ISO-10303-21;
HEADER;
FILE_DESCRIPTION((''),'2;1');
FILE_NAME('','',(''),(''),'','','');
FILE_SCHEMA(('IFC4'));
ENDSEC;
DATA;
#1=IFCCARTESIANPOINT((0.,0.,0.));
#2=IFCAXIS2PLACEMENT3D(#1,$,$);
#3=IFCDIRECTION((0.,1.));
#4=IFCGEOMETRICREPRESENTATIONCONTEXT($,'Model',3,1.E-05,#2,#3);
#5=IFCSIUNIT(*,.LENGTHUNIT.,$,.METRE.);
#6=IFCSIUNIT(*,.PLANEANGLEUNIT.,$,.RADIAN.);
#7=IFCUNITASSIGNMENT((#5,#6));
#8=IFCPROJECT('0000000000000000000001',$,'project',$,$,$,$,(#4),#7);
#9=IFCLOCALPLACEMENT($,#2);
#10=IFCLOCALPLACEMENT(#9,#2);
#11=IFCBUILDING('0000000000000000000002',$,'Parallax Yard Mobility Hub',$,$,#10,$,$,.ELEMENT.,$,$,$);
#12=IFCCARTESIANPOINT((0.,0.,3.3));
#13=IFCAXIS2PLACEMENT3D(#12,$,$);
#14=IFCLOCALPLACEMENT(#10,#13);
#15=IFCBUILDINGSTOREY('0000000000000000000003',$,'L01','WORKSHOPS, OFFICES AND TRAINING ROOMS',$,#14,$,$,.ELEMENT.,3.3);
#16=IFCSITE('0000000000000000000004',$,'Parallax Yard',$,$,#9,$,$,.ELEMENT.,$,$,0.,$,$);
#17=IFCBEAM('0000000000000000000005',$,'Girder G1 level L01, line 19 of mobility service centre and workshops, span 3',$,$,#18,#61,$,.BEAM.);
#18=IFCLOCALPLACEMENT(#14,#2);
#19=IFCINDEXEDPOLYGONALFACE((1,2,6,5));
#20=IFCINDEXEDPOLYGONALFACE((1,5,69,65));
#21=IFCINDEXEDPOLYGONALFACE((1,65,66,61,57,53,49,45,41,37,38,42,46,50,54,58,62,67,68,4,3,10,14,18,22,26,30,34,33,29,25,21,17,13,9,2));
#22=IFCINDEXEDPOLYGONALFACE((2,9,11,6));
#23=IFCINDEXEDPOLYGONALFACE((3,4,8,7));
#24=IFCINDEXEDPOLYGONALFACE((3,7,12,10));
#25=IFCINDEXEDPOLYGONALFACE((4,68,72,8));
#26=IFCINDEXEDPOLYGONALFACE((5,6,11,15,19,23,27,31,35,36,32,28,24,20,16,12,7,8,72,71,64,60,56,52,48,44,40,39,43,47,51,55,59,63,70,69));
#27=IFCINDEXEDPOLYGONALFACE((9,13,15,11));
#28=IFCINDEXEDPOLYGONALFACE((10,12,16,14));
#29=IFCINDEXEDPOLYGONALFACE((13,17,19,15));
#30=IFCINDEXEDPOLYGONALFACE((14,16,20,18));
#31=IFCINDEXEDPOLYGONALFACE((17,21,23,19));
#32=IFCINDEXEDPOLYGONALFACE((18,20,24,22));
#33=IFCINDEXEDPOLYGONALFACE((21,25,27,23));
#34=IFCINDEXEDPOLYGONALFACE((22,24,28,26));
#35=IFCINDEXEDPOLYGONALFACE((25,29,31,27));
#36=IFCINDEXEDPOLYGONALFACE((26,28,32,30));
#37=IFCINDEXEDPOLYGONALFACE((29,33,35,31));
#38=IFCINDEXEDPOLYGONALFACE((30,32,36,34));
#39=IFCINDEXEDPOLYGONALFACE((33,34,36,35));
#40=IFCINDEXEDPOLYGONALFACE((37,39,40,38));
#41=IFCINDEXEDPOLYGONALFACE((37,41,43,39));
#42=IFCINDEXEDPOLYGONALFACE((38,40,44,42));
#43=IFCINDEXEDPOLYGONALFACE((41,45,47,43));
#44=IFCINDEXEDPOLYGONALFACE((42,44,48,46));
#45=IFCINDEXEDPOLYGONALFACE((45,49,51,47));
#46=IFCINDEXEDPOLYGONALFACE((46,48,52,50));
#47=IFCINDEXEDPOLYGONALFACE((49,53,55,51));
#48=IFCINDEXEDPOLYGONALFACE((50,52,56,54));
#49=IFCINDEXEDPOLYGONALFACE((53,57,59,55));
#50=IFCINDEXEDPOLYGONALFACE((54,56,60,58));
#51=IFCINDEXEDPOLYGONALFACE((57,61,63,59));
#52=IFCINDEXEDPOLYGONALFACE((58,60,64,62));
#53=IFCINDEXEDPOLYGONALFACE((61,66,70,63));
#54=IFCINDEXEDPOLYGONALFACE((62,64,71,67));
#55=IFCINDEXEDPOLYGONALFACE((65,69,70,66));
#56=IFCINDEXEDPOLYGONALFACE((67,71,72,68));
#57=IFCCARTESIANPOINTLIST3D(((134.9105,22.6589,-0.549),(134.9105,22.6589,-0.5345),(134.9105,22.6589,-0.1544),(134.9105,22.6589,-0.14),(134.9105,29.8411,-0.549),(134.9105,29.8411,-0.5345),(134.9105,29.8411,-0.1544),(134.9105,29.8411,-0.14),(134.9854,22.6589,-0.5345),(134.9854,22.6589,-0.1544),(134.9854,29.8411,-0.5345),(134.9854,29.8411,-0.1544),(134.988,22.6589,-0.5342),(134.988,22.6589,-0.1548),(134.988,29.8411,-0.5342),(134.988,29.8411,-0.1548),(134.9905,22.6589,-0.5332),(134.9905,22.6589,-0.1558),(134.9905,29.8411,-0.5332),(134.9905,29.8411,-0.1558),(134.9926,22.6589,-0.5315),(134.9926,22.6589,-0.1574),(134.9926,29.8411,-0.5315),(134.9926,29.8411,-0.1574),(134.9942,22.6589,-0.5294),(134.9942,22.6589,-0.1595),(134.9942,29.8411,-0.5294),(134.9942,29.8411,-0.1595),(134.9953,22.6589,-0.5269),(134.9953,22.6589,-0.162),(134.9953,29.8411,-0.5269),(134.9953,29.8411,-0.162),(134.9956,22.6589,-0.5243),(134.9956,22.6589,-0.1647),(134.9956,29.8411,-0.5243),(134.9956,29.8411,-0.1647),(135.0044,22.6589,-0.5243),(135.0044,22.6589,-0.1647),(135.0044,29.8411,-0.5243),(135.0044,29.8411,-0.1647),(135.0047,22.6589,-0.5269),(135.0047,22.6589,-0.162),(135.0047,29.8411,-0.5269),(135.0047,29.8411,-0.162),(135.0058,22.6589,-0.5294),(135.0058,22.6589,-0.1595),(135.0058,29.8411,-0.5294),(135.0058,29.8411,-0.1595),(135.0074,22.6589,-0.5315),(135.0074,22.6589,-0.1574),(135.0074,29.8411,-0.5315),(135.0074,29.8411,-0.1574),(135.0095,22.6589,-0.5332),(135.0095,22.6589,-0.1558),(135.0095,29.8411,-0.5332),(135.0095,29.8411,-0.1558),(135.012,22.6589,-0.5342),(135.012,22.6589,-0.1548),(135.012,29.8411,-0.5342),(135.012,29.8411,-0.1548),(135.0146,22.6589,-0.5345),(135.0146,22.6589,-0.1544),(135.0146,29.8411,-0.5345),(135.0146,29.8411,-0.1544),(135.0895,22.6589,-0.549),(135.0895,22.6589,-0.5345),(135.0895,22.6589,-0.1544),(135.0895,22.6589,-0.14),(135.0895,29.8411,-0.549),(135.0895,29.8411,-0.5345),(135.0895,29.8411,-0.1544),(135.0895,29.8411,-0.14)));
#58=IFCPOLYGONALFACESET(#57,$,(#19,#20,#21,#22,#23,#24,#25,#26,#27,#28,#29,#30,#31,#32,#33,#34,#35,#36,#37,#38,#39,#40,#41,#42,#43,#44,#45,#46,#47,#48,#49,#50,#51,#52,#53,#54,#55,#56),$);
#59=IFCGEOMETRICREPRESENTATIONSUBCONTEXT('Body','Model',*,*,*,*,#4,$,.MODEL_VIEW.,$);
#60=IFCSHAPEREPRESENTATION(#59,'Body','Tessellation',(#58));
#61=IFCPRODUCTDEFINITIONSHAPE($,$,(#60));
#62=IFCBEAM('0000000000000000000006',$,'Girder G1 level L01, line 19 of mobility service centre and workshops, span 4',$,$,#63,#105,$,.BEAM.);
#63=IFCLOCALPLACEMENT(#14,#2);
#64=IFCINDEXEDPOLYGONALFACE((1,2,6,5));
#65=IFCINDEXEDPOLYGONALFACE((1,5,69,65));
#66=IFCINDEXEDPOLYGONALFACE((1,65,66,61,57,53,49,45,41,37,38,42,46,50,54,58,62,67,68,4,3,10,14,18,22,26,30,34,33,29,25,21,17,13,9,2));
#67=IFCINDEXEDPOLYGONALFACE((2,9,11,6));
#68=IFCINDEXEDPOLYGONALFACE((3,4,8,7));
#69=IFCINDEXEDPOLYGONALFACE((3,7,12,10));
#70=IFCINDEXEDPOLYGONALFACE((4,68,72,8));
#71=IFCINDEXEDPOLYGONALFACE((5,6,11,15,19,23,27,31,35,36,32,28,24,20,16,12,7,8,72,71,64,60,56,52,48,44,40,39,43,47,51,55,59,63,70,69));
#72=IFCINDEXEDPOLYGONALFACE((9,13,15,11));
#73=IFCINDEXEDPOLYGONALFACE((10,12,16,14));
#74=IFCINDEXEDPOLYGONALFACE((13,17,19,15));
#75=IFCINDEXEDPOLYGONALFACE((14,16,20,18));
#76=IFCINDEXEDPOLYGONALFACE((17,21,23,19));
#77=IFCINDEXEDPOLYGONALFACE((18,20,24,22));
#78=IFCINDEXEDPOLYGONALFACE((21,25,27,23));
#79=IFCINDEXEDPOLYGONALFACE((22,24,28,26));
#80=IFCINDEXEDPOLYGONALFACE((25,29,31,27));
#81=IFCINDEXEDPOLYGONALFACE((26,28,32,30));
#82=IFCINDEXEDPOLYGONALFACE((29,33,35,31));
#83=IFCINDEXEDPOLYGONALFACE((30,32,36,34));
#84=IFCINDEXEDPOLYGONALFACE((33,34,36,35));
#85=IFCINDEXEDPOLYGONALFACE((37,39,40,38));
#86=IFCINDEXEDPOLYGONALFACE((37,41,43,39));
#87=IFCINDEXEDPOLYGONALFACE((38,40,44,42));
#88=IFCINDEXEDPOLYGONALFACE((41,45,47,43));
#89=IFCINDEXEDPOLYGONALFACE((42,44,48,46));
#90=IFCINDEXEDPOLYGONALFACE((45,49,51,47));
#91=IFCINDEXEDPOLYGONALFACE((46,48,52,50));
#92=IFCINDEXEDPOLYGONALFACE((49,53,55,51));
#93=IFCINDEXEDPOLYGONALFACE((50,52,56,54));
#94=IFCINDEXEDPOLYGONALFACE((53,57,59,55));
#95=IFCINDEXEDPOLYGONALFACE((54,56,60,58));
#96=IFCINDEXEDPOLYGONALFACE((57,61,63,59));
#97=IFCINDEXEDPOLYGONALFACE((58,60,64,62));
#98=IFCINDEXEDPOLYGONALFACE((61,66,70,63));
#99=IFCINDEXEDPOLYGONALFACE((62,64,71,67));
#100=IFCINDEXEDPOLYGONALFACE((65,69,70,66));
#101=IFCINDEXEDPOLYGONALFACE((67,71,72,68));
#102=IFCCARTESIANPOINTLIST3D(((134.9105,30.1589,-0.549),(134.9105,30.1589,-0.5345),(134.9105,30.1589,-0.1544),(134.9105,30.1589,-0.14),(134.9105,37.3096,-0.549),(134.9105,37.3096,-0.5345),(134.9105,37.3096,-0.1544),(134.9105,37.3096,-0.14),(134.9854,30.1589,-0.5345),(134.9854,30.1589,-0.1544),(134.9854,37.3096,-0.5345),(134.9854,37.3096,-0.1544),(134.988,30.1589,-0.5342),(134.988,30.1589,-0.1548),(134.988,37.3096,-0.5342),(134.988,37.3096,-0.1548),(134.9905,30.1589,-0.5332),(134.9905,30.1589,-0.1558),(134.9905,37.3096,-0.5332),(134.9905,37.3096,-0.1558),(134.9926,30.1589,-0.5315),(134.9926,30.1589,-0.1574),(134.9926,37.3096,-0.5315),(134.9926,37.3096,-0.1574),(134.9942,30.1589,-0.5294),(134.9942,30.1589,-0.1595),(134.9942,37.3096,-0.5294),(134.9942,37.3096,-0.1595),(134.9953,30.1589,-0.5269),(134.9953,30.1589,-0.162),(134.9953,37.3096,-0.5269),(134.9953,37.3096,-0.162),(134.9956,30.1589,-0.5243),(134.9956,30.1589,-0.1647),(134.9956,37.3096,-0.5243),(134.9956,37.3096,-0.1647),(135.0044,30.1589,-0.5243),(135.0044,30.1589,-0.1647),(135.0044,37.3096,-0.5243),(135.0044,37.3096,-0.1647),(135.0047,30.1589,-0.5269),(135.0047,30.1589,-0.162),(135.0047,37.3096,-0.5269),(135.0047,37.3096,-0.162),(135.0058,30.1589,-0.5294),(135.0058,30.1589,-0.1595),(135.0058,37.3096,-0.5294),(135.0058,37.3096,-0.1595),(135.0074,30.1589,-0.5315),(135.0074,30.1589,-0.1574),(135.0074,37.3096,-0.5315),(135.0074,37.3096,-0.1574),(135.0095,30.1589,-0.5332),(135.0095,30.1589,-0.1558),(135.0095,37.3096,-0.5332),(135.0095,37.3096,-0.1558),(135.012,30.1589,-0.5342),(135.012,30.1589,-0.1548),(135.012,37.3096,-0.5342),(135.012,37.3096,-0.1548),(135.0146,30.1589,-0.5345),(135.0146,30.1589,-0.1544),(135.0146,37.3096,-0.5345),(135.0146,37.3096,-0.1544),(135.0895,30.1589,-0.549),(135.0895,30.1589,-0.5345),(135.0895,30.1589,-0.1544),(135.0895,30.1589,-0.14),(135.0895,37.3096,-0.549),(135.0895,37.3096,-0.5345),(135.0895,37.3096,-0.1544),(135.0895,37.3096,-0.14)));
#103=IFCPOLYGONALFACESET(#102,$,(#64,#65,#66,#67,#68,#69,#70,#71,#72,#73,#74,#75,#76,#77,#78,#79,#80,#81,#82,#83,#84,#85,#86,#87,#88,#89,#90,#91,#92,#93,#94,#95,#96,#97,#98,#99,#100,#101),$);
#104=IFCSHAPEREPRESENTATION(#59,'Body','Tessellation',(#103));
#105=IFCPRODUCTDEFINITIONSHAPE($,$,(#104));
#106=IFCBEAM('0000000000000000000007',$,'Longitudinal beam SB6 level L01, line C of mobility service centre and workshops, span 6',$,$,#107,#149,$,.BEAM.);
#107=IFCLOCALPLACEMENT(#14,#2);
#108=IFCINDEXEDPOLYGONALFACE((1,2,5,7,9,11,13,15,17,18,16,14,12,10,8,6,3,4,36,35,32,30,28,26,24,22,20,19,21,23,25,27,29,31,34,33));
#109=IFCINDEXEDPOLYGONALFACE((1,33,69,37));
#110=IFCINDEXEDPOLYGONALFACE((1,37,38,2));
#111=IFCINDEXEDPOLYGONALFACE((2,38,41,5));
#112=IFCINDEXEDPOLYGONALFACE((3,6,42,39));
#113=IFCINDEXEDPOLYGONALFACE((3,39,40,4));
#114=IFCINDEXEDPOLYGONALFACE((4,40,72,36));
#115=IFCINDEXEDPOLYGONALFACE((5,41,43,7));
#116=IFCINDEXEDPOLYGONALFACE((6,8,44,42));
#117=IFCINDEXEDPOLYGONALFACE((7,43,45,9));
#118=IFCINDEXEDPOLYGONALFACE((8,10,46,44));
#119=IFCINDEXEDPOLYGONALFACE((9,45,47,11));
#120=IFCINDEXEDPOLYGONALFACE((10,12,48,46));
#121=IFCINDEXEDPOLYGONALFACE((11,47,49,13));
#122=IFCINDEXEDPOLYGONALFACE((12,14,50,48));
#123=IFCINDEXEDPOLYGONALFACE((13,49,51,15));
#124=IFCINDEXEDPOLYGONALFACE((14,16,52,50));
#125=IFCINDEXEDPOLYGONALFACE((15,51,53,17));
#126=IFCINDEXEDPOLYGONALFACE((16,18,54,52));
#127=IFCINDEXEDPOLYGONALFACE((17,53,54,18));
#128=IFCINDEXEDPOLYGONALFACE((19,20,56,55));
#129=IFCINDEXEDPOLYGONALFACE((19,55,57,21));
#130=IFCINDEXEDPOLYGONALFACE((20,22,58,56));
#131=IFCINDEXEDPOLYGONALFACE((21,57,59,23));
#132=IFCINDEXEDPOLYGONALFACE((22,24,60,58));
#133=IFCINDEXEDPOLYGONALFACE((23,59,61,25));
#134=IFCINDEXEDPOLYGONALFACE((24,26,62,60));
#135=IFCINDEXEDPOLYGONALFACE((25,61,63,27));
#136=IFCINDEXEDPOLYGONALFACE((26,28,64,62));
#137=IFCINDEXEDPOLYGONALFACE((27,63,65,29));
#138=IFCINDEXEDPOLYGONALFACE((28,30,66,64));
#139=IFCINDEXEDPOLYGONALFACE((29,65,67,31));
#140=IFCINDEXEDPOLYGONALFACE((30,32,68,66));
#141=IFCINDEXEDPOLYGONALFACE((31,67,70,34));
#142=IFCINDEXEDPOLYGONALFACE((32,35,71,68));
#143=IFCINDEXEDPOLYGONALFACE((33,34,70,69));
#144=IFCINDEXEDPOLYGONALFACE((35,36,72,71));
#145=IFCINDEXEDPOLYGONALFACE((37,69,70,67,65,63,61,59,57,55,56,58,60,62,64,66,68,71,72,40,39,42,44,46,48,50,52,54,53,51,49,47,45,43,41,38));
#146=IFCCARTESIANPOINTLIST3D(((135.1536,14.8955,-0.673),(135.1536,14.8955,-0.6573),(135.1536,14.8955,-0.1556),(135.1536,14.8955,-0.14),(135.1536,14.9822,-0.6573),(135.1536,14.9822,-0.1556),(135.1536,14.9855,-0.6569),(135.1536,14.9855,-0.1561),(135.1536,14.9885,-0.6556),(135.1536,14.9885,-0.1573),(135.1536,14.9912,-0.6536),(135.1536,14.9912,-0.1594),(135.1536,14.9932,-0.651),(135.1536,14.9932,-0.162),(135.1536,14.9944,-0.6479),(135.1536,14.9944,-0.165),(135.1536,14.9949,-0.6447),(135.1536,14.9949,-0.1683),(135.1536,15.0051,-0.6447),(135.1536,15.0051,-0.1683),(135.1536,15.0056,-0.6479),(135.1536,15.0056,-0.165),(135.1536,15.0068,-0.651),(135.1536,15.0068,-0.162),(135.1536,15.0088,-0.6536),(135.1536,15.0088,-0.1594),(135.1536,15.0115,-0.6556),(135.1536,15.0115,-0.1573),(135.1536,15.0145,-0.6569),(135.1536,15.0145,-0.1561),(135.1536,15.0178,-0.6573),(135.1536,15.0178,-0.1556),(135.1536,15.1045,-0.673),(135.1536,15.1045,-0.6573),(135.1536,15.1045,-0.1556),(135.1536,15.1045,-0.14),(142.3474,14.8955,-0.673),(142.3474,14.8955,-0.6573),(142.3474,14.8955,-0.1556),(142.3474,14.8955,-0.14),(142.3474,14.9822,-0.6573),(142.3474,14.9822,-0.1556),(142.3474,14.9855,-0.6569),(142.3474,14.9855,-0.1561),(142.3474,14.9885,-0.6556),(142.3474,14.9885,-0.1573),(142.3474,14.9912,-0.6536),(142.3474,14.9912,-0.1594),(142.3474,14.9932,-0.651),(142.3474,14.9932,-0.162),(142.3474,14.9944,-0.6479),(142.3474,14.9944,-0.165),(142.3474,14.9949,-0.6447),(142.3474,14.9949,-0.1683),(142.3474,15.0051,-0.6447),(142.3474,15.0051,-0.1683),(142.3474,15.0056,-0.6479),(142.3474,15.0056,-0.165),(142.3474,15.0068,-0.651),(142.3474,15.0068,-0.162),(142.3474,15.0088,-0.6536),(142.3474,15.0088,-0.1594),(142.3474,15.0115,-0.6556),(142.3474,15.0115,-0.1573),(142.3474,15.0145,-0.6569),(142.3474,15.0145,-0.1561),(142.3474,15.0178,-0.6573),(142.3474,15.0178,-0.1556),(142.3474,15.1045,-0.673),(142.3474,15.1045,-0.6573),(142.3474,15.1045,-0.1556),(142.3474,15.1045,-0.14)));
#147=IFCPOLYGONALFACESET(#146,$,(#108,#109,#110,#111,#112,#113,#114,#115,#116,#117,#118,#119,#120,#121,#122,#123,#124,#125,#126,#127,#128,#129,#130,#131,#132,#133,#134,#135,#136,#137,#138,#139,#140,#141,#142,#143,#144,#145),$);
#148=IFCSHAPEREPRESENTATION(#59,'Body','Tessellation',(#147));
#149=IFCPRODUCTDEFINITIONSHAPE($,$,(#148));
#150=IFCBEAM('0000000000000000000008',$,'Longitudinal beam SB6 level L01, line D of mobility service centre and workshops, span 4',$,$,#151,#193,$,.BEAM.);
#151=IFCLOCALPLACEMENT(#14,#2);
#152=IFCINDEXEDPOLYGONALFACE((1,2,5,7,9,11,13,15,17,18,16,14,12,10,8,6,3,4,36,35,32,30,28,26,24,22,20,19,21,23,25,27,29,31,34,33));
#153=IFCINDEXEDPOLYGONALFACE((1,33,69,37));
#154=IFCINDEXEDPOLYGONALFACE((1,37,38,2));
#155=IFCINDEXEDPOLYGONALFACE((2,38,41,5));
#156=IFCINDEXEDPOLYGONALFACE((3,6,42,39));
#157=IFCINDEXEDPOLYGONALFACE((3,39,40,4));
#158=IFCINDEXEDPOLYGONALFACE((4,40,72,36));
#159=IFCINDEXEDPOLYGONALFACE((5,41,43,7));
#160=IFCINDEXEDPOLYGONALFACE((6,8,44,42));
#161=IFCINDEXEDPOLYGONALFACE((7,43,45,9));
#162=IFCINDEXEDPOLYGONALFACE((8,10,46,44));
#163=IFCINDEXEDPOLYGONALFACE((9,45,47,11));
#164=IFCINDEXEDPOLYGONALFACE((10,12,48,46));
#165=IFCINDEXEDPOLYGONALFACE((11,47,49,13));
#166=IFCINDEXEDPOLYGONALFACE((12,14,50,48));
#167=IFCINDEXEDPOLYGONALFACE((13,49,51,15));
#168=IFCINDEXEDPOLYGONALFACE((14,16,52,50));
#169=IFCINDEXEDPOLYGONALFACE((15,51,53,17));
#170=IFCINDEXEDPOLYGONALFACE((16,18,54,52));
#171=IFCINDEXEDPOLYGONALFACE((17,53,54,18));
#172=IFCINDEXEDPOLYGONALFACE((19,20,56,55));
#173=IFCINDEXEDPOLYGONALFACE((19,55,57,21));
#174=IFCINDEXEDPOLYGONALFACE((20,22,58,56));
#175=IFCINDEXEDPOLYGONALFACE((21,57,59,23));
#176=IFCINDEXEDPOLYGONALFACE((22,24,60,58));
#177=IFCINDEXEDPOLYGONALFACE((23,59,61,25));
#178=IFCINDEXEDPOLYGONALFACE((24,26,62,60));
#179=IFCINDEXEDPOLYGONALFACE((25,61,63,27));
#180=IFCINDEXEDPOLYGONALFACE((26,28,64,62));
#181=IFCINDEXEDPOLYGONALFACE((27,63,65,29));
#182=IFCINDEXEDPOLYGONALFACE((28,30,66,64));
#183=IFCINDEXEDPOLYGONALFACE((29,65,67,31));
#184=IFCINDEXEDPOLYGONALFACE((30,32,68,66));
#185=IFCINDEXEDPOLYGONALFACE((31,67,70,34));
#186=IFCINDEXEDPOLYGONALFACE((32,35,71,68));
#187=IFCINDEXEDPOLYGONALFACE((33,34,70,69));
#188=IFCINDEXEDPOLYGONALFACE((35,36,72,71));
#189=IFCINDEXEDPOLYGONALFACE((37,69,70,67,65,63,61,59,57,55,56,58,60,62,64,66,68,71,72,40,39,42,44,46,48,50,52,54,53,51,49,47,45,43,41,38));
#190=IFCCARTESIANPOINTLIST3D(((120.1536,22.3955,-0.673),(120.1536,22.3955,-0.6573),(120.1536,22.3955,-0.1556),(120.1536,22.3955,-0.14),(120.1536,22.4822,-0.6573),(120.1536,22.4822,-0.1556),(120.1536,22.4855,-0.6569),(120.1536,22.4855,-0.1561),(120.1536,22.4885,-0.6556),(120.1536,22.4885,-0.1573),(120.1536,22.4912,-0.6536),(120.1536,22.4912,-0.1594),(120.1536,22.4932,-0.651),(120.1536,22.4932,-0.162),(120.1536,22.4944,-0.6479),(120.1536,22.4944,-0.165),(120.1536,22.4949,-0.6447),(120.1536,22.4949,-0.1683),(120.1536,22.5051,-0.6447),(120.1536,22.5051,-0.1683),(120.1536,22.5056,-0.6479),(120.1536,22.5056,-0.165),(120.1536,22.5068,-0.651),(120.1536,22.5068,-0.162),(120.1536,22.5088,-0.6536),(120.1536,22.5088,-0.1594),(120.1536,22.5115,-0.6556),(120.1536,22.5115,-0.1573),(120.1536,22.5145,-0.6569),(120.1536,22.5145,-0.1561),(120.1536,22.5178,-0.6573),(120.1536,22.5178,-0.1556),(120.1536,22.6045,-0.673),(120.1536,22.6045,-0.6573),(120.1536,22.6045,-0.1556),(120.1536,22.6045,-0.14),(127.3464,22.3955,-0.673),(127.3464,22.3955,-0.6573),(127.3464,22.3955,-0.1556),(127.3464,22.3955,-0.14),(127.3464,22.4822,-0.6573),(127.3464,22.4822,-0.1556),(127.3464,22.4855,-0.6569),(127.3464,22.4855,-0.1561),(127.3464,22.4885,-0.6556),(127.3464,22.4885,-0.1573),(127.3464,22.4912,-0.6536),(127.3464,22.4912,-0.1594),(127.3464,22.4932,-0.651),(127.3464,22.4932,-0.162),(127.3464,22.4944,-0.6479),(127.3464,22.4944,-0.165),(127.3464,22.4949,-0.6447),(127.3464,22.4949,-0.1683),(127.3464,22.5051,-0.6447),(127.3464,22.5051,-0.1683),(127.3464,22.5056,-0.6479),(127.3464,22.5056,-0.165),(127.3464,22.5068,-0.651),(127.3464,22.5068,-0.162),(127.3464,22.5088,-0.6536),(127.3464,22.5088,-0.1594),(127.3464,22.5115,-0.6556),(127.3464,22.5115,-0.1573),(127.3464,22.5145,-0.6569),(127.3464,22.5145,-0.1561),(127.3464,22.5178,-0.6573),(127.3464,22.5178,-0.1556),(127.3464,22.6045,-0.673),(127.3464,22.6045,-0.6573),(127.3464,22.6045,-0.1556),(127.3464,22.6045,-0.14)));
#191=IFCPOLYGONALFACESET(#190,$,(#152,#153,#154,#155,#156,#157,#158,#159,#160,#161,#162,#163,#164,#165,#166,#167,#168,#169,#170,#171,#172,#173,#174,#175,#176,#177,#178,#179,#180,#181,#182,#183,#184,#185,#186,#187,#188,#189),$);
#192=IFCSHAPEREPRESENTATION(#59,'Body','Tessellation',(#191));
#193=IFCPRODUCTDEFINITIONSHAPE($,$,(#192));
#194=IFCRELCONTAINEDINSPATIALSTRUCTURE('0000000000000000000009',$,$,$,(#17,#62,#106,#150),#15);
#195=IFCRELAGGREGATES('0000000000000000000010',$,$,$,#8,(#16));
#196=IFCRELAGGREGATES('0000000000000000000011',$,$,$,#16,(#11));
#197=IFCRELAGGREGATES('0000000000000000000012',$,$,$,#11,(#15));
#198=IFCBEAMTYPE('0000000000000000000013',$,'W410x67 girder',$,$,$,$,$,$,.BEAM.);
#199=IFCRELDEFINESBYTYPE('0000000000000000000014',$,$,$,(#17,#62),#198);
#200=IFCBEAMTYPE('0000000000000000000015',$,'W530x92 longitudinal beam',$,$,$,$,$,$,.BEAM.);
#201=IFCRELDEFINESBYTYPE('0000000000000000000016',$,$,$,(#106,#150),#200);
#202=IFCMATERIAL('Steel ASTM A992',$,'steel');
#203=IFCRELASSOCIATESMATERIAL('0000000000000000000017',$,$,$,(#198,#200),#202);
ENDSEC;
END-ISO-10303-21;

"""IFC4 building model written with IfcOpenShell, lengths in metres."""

from ifc_helpers import new_model, si_unit, direction, frame, origin, origin_2d, place, context, subcontext, project, spatial, i_section, extrude, material, material_profile, profile_set, type_object, element, save


model = new_model("IFC4")

# Units and contexts
model_context = context("Model", 3, precision=1e-05, world=origin(), true_north=direction((0.0, 1.0)))
body_context = subcontext(model_context, "Body", "Model", "MODEL_VIEW")
ifc_project = project(units=[si_unit("LENGTHUNIT", "METRE"), si_unit("PLANEANGLEUNIT", "RADIAN")], contexts=[model_context])

# Site, building, storey
site_placement = place(None, origin())
site = spatial("IfcSite", under=ifc_project, at=site_placement, Name="Parallax Yard", CompositionType="ELEMENT", RefElevation=0.0)
building_placement = place(site_placement, origin())
building = spatial("IfcBuilding", under=site, at=building_placement, Name="Parallax Yard Mobility Hub", CompositionType="ELEMENT")
storey_placement = place(building_placement, frame((0.0, 0.0, 3.3)))
storey = spatial("IfcBuildingStorey", under=building, at=storey_placement, Name="L01", Description="WORKSHOPS, OFFICES AND TRAINING ROOMS", CompositionType="ELEMENT", Elevation=3.3)

# Shared definitions
ifc_material_1 = material(Name="Steel ASTM A992", Category="steel")

# Beams
ifc_material_profile_1 = material_profile(ifc_material_1, i_section(OverallWidth=0.179, OverallDepth=0.4089, WebThickness=0.0088, FlangeThickness=0.0144, FilletRadius=0.0103, at=origin_2d()), Name="W410x67")
ifc_profile_set_1 = profile_set([ifc_material_profile_1], Name="Steel ASTM A992")
beam_type_1 = type_object("IfcBeamType", Name="W410x67 girder", PredefinedType="BEAM", material=ifc_profile_set_1)
for number, where, z_axis, x_axis, name in (
    (1, (135.0, 22.6589, -0.3445), (0.0, 1.0, 0.0), (-1.0, 0.0, 0.0), "Girder G1 level L01, line 19 of mobility service centre and workshops, span 3"),
):
    element("IfcBeam", number, at=place(storey_placement, frame(where, z_axis=z_axis, x_axis=x_axis)), inside=storey, type_object=beam_type_1, Name=name, PredefinedType="BEAM", context=body_context, shape_type="SweptSolid", body=[
        extrude(i_section(OverallWidth=0.179, OverallDepth=0.4089, WebThickness=0.0088, FlangeThickness=0.0144, FilletRadius=0.0103, at=origin_2d()), origin(), (0.0, 0.0, 1.0), 7.1821),
    ])
beam_1_placement = place(storey_placement, frame((135.0, 30.1589, -0.3445), z_axis=(0.0, 1.0, 0.0), x_axis=(-1.0, 0.0, 0.0)))
element("IfcBeam", 2, at=beam_1_placement, inside=storey, type_object=beam_type_1, Name="Girder G1 level L01, line 19 of mobility service centre and workshops, span 4", PredefinedType="BEAM", context=body_context, shape_type="SweptSolid", body=[
    extrude(i_section(OverallWidth=0.179, OverallDepth=0.4089, WebThickness=0.0088, FlangeThickness=0.0144, FilletRadius=0.0103, at=origin_2d()), origin(), (0.0, 0.0, 1.0), 7.1506),
])
ifc_material_profile_2 = material_profile(ifc_material_1, i_section(OverallWidth=0.209, OverallDepth=0.533, WebThickness=0.0103, FlangeThickness=0.0156, FilletRadius=0.0127, at=origin_2d()), Name="W530x92")
ifc_profile_set_2 = profile_set([ifc_material_profile_2], Name="Steel ASTM A992")
beam_type_2 = type_object("IfcBeamType", Name="W530x92 longitudinal beam", PredefinedType="BEAM", material=ifc_profile_set_2)
beam_2_placement = place(storey_placement, frame((135.1536, 15.0, -0.4065), z_axis=(1.0, 0.0, 0.0), x_axis=(0.0, 1.0, 0.0)))
element("IfcBeam", 3, at=beam_2_placement, inside=storey, type_object=beam_type_2, Name="Longitudinal beam SB6 level L01, line C of mobility service centre and workshops, span 6", PredefinedType="BEAM", context=body_context, shape_type="SweptSolid", body=[
    extrude(i_section(OverallWidth=0.209, OverallDepth=0.533, WebThickness=0.0103, FlangeThickness=0.0156, FilletRadius=0.0127, at=origin_2d()), origin(), (0.0, 0.0, 1.0), 7.1938),
])
for number, where, z_axis, x_axis, name in (
    (4, (120.1536, 22.5, -0.4065), (1.0, 0.0, 0.0), (0.0, 1.0, 0.0), "Longitudinal beam SB6 level L01, line D of mobility service centre and workshops, span 4"),
):
    element("IfcBeam", number, at=place(storey_placement, frame(where, z_axis=z_axis, x_axis=x_axis)), inside=storey, type_object=beam_type_2, Name=name, PredefinedType="BEAM", context=body_context, shape_type="SweptSolid", body=[
        extrude(i_section(OverallWidth=0.209, OverallDepth=0.533, WebThickness=0.0103, FlangeThickness=0.0156, FilletRadius=0.0127, at=origin_2d()), origin(), (0.0, 0.0, 1.0), 7.1929),
    ])

save(model, "model.ifc")
